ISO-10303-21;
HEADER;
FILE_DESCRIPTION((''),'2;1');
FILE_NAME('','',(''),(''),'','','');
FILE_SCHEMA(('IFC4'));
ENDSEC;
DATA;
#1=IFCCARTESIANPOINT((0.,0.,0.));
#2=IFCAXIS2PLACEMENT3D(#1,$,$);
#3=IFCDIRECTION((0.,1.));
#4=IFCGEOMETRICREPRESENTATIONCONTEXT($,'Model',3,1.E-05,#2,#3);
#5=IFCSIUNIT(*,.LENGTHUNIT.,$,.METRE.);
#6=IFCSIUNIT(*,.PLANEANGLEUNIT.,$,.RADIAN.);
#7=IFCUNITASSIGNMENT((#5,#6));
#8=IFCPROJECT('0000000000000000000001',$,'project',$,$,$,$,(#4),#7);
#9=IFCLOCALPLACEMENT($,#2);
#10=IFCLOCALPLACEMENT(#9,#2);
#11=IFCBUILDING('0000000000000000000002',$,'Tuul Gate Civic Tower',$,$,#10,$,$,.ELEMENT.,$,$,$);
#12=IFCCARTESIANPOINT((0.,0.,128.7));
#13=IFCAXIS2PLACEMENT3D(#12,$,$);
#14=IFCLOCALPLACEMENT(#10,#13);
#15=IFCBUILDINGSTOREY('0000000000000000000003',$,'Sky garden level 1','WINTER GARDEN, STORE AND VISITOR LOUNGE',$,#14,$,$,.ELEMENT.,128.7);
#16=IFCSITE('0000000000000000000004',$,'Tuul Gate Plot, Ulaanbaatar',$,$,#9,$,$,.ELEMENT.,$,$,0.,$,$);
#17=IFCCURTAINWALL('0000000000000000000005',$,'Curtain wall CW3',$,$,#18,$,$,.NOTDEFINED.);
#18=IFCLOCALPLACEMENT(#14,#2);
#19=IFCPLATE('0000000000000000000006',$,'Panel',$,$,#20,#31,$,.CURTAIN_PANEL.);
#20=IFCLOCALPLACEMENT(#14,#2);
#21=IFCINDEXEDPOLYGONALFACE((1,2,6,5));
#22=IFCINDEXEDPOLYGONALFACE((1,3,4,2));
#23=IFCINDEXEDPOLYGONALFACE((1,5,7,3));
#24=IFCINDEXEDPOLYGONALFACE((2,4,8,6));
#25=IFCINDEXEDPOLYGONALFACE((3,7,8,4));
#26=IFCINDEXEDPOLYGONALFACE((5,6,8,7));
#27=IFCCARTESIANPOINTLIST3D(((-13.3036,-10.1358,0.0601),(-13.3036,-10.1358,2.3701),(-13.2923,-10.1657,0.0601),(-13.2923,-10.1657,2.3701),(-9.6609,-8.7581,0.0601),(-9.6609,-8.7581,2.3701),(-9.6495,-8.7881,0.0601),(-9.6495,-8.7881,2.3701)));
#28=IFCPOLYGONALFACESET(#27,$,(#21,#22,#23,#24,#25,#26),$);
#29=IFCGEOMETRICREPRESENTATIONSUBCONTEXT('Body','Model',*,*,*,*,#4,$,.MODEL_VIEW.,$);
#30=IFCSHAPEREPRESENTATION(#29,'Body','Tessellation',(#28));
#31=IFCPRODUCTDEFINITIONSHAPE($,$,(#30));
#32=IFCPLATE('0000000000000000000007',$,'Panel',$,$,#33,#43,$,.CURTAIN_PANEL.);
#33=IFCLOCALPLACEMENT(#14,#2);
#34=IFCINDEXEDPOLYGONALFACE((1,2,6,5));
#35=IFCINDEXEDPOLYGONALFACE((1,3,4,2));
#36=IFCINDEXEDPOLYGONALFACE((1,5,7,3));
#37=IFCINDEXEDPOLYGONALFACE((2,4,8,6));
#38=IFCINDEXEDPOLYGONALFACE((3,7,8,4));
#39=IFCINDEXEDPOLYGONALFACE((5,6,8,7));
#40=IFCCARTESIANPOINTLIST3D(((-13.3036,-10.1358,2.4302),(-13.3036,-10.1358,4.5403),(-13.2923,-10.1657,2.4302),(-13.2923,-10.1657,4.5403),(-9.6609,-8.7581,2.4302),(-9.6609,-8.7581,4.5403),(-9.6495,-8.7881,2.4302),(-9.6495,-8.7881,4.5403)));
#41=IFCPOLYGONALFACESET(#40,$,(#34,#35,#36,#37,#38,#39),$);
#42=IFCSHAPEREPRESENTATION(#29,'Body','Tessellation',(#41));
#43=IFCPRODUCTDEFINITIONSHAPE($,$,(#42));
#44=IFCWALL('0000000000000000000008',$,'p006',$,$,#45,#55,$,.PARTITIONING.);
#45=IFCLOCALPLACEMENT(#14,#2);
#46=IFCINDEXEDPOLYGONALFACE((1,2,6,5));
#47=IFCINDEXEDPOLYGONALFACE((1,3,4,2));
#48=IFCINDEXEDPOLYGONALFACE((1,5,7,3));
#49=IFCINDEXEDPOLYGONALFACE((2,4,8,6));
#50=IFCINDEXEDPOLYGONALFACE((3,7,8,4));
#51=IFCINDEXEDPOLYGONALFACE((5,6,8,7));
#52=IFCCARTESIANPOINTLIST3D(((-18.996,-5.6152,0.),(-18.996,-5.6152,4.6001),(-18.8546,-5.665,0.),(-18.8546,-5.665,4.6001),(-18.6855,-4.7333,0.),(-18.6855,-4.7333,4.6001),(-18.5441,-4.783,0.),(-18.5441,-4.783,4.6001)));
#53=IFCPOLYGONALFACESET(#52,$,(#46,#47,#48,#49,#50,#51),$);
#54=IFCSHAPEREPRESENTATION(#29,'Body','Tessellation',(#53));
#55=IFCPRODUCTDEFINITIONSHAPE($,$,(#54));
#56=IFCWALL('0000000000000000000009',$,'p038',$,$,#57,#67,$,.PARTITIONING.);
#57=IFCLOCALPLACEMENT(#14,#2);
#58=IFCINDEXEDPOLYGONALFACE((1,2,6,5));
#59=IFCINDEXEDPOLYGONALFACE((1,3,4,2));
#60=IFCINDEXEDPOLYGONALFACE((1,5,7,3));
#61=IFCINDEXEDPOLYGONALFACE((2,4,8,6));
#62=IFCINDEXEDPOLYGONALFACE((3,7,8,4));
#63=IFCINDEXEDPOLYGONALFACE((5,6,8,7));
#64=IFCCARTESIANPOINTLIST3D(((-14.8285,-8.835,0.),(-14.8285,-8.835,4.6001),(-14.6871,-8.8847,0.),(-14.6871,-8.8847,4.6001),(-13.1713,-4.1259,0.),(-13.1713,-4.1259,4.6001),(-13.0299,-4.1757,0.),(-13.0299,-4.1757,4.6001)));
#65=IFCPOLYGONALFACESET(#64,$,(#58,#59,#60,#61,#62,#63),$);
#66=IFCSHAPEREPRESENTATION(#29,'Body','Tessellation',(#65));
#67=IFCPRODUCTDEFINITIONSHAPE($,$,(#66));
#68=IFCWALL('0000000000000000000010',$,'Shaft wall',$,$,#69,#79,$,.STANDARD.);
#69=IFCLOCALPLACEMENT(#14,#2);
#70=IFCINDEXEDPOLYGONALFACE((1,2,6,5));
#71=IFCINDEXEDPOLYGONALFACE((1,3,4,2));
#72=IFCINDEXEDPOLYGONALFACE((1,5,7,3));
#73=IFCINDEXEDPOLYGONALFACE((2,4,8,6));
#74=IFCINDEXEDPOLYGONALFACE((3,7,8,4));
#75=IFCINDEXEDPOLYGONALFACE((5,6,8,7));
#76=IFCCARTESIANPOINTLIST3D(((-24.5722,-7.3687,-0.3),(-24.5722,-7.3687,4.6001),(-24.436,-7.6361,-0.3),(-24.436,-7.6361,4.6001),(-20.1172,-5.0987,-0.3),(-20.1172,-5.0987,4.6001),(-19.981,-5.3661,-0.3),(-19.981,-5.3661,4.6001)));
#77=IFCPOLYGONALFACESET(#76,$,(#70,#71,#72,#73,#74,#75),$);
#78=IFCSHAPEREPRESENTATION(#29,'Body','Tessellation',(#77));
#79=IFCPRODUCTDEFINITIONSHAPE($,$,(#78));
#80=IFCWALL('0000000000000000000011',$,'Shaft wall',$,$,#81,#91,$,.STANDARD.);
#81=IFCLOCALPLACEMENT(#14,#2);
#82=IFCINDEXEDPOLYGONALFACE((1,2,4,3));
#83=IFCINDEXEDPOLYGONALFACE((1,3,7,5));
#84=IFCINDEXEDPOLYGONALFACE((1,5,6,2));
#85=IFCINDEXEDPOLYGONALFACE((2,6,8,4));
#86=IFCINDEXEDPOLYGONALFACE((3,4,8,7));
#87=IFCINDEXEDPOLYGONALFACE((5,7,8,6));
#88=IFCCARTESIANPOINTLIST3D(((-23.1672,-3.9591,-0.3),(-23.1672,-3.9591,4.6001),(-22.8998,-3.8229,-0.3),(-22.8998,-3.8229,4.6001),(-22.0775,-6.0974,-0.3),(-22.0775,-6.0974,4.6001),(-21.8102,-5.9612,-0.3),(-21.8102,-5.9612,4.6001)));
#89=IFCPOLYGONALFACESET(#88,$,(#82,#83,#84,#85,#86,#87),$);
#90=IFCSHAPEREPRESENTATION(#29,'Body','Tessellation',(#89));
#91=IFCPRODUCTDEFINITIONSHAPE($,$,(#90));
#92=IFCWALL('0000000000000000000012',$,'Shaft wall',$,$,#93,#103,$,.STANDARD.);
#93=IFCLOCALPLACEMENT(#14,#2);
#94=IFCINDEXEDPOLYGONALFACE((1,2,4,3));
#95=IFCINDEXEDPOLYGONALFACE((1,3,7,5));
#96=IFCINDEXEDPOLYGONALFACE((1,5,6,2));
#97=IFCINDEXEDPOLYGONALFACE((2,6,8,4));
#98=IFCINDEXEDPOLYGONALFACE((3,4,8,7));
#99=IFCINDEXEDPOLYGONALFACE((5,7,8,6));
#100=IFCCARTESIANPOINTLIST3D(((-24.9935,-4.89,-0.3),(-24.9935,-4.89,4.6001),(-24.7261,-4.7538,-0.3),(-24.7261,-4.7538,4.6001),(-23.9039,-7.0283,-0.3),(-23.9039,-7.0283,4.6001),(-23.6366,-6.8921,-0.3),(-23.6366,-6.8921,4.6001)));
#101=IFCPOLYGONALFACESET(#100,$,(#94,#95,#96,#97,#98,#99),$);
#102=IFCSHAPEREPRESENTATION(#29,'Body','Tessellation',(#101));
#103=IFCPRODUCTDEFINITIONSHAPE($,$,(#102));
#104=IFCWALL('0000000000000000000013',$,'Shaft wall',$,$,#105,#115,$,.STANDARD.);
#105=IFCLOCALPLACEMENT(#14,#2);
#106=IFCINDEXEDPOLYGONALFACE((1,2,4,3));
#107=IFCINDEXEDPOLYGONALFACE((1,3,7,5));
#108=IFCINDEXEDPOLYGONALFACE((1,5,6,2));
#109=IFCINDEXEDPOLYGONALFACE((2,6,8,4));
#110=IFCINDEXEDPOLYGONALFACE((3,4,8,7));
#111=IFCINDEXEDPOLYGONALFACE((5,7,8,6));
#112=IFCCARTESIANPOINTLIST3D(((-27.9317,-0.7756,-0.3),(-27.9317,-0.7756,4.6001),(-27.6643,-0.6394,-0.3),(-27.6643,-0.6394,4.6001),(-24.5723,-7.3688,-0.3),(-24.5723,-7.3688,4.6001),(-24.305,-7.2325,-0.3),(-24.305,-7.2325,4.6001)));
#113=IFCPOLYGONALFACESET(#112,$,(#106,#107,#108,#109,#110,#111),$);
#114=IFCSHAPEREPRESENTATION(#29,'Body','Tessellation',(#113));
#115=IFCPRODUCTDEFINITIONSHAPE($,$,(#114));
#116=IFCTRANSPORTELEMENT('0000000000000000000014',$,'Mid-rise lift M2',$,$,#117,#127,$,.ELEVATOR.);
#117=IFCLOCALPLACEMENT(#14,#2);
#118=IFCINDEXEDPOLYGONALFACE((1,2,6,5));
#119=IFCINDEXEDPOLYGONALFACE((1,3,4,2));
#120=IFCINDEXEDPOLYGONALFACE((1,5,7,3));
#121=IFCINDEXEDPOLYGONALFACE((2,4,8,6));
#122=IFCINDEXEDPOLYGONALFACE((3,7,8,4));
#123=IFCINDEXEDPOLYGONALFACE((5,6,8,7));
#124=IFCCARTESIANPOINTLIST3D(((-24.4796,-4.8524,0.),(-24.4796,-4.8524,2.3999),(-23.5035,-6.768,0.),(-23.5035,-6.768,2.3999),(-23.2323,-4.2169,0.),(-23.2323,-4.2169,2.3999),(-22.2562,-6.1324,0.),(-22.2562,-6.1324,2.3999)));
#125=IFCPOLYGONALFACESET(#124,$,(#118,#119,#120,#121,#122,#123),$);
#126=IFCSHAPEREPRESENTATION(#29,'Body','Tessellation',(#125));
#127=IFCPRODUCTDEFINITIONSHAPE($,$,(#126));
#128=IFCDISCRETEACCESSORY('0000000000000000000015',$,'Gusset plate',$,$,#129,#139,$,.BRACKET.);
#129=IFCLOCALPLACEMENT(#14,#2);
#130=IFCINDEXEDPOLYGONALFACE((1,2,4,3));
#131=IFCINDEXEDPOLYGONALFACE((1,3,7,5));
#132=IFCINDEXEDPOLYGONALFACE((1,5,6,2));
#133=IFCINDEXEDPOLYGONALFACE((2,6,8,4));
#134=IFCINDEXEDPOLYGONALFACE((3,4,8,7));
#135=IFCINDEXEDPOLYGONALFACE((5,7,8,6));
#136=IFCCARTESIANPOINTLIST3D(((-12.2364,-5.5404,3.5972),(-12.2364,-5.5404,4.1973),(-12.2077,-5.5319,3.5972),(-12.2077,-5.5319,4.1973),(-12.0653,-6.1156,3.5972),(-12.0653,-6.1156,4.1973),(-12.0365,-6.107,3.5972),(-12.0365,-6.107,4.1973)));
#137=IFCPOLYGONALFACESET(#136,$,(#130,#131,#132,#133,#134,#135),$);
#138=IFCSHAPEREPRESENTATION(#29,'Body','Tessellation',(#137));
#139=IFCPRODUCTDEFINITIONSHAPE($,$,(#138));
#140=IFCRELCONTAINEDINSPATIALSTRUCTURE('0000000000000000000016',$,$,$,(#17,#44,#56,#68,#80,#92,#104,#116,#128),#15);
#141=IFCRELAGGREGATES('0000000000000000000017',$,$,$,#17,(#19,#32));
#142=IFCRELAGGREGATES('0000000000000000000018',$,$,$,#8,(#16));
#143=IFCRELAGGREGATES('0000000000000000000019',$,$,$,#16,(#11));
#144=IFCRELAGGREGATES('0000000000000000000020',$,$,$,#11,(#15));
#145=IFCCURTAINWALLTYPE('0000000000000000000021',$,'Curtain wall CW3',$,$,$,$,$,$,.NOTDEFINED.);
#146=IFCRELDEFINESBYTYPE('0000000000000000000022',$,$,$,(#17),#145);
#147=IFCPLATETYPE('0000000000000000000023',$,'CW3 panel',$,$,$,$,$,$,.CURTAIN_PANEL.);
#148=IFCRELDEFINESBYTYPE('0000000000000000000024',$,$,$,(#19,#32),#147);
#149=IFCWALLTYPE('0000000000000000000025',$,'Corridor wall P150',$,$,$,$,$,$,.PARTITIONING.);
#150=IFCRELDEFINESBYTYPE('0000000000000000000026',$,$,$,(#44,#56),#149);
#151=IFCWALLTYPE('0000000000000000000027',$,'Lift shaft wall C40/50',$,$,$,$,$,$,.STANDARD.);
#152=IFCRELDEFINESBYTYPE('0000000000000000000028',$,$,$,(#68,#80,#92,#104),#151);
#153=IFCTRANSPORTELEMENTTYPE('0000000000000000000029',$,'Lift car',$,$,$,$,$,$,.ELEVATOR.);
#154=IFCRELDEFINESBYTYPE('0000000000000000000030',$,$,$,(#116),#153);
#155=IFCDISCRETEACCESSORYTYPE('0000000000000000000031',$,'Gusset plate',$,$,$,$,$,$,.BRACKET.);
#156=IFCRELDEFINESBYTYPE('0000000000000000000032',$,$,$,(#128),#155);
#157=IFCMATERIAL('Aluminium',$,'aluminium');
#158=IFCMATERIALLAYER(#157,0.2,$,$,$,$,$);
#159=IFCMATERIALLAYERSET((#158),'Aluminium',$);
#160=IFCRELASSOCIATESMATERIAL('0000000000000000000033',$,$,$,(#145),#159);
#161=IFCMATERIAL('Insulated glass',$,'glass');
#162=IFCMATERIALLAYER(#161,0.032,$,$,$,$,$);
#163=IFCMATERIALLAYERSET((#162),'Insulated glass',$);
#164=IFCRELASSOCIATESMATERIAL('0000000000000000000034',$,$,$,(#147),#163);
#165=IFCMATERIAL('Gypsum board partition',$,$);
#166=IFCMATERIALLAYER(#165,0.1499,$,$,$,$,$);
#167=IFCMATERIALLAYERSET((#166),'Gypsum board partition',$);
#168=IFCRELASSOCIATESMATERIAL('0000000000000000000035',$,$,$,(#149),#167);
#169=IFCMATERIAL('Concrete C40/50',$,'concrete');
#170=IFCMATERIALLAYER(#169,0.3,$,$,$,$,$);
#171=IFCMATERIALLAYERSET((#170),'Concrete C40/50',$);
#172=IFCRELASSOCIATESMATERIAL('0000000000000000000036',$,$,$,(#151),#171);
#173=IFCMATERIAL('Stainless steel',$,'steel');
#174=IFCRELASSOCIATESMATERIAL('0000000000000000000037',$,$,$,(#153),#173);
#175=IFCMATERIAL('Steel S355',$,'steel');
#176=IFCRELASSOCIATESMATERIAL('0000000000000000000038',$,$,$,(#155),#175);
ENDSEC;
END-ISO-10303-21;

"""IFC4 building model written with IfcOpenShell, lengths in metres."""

from ifc_helpers import new_model, si_unit, direction, frame, frame_2d, origin, origin_2d, place, context, subcontext, project, spatial, rectangle, extrude, material, layer, layer_set, type_object, element, aggregate, save


model = new_model("IFC4")

# Units and contexts
model_context = context("Model", 3, precision=1e-05, world=origin(), true_north=direction((0.0, 1.0)))
body_context = subcontext(model_context, "Body", "Model", "MODEL_VIEW")
ifc_project = project(units=[si_unit("LENGTHUNIT", "METRE"), si_unit("PLANEANGLEUNIT", "RADIAN")], contexts=[model_context])

# Site, building, storey
site_placement = place(None, origin())
site = spatial("IfcSite", under=ifc_project, at=site_placement, Name="Tuul Gate Plot, Ulaanbaatar", CompositionType="ELEMENT", RefElevation=0.0)
building_placement = place(site_placement, origin())
building = spatial("IfcBuilding", under=site, at=building_placement, Name="Tuul Gate Civic Tower", CompositionType="ELEMENT")
storey_placement = place(building_placement, frame((0.0, 0.0, 128.7)))
storey = spatial("IfcBuildingStorey", under=building, at=storey_placement, Name="Sky garden level 1", Description="WINTER GARDEN, STORE AND VISITOR LOUNGE", CompositionType="ELEMENT", Elevation=128.7)

# Curtain wall
ifc_material_1 = material(Name="Aluminium", Category="aluminium")
ifc_layer_1 = layer(ifc_material_1, 0.2)
ifc_layer_set_1 = layer_set([ifc_layer_1], Name="Aluminium")
curtain_wall_type = type_object("IfcCurtainWallType", Name="Curtain wall CW3", PredefinedType="NOTDEFINED", material=ifc_layer_set_1)
curtain_wall_1_placement = place(storey_placement, origin())
curtain_wall_1 = element("IfcCurtainWall", 1, at=curtain_wall_1_placement, inside=storey, type_object=curtain_wall_type, Name="Curtain wall CW3", PredefinedType="NOTDEFINED")

# Plates
ifc_material_2 = material(Name="Insulated glass", Category="glass")
ifc_layer_2 = layer(ifc_material_2, 0.032)
ifc_layer_set_2 = layer_set([ifc_layer_2], Name="Insulated glass")
plate_type = type_object("IfcPlateType", Name="CW3 panel", PredefinedType="CURTAIN_PANEL", material=ifc_layer_set_2)
plate_1_placement = place(storey_placement, frame((-11.4766, -9.4619, 0.0601), z_axis=(0.0, 0.0, 1.0), x_axis=(0.935346, 0.353735, 0.0)))
plate_1 = element("IfcPlate", 2, at=plate_1_placement, type_object=plate_type, Name="Panel", PredefinedType="CURTAIN_PANEL", context=body_context, shape_type="SweptSolid", body=[
    extrude(rectangle(XDim=3.8945, YDim=0.032, at=origin_2d()), origin(), (0.0, 0.0, 1.0), 2.3101),
])
plate_2_placement = place(storey_placement, frame((-11.4766, -9.4619, 2.4302), z_axis=(0.0, 0.0, 1.0), x_axis=(0.935346, 0.353735, 0.0)))
plate_2 = element("IfcPlate", 3, at=plate_2_placement, type_object=plate_type, Name="Panel", PredefinedType="CURTAIN_PANEL", context=body_context, shape_type="SweptSolid", body=[
    extrude(rectangle(XDim=3.8945, YDim=0.032, at=origin_2d()), origin(), (0.0, 0.0, 1.0), 2.1101),
])
aggregate(curtain_wall_1, [plate_1, plate_2])

# Walls
ifc_material_3 = material(Name="Gypsum board partition")
ifc_layer_3 = layer(ifc_material_3, 0.1499)
ifc_layer_set_3 = layer_set([ifc_layer_3], Name="Gypsum board partition")
wall_type_1 = type_object("IfcWallType", Name="Corridor wall P150", PredefinedType="PARTITIONING", material=ifc_layer_set_3)
wall_1_placement = place(storey_placement, frame((-18.9253, -5.6401, 0.0), z_axis=(0.0, 0.0, 1.0), x_axis=(0.332083, 0.94325, 0.0)))
element("IfcWall", 4, at=wall_1_placement, inside=storey, type_object=wall_type_1, Name="p006", PredefinedType="PARTITIONING", context=body_context, shape_type="SweptSolid", body=[
    extrude(rectangle(XDim=0.9351, YDim=0.1499, at=frame_2d((0.4675, 0.0))), origin(), (0.0, 0.0, 1.0), 4.6001),
])
wall_2_placement = place(storey_placement, frame((-14.7578, -8.8599, 0.0), z_axis=(0.0, 0.0, 1.0), x_axis=(0.331971, 0.94329, 0.0)))
element("IfcWall", 5, at=wall_2_placement, inside=storey, type_object=wall_type_1, Name="p038", PredefinedType="PARTITIONING", context=body_context, shape_type="SweptSolid", body=[
    extrude(rectangle(XDim=4.9922, YDim=0.1499, at=frame_2d((2.4961, 0.0))), origin(), (0.0, 0.0, 1.0), 4.6001),
])
ifc_material_4 = material(Name="Concrete C40/50", Category="concrete")
ifc_layer_4 = layer(ifc_material_4, 0.3)
ifc_layer_set_4 = layer_set([ifc_layer_4], Name="Concrete C40/50")
wall_type_2 = type_object("IfcWallType", Name="Lift shaft wall C40/50", PredefinedType="STANDARD", material=ifc_layer_set_4)
wall_3_placement = place(storey_placement, frame((-20.0491, -5.2324, -0.3), z_axis=(0.0, 0.0, 1.0), x_axis=(-0.891003, -0.453997, 0.0)))
element("IfcWall", 6, at=wall_3_placement, inside=storey, type_object=wall_type_2, Name="Shaft wall", PredefinedType="STANDARD", context=body_context, shape_type="SweptSolid", body=[
    extrude(rectangle(XDim=5.0, YDim=0.3, at=frame_2d((2.5, 0.0))), origin(), (0.0, 0.0, 1.0), 4.9001),
])
for number, where, z_axis, x_axis, name in (
    (7, (-21.9438, -6.0293, -0.3), (0.0, 0.0, 1.0), (-0.454037, 0.890983, 0.0), "Shaft wall"),
    (8, (-23.7703, -6.9602, -0.3), (0.0, 0.0, 1.0), (-0.453996, 0.891004, 0.0), "Shaft wall"),
):
    element("IfcWall", number, at=place(storey_placement, frame(where, z_axis=z_axis, x_axis=x_axis)), inside=storey, type_object=wall_type_2, Name=name, PredefinedType="STANDARD", context=body_context, shape_type="SweptSolid", body=[
        extrude(rectangle(XDim=2.3999, YDim=0.3, at=frame_2d((1.2, 0.0))), origin(), (0.0, 0.0, 1.0), 4.9001),
    ])
wall_4_placement = place(storey_placement, frame((-24.4387, -7.3005, -0.3), z_axis=(0.0, 0.0, 1.0), x_axis=(-0.453984, 0.89101, 0.0)))
element("IfcWall", 9, at=wall_4_placement, inside=storey, type_object=wall_type_2, Name="Shaft wall", PredefinedType="STANDARD", context=body_context, shape_type="SweptSolid", body=[
    extrude(rectangle(XDim=7.3997, YDim=0.3, at=frame_2d((3.6997, 0.0))), origin(), (0.0, 0.0, 1.0), 4.9001),
])

# Transport element
ifc_material_5 = material(Name="Stainless steel", Category="steel")
transport_element_type = type_object("IfcTransportElementType", Name="Lift car", PredefinedType="ELEVATOR", material=ifc_material_5)
transport_element_placement = place(storey_placement, frame((-23.3679, -5.4924, 0.0), z_axis=(0.0, 0.0, 1.0), x_axis=(-0.891001, -0.454001, 0.0)))
element("IfcTransportElement", 10, at=transport_element_placement, inside=storey, type_object=transport_element_type, Name="Mid-rise lift M2", PredefinedType="ELEVATOR", context=body_context, shape_type="SweptSolid", body=[
    extrude(rectangle(XDim=1.3999, YDim=2.1499, at=origin_2d()), origin(), (0.0, 0.0, 1.0), 2.3999),
])

# Discrete accessory
ifc_material_6 = material(Name="Steel S355", Category="steel")
discrete_accessory_type = type_object("IfcDiscreteAccessoryType", Name="Gusset plate", PredefinedType="BRACKET", material=ifc_material_6)
discrete_accessory_placement = place(storey_placement, frame((-12.1365, -5.8237, 3.5972), z_axis=(0.0, 0.0, 1.0), x_axis=(-0.285212, 0.958464, 0.0)))
element("IfcDiscreteAccessory", 11, at=discrete_accessory_placement, inside=storey, type_object=discrete_accessory_type, Name="Gusset plate", PredefinedType="BRACKET", context=body_context, shape_type="SweptSolid", body=[
    extrude(rectangle(XDim=0.6001, YDim=0.03, at=origin_2d()), origin(), (0.0, 0.0, 1.0), 0.6001),
])

save(model, "model.ifc")
